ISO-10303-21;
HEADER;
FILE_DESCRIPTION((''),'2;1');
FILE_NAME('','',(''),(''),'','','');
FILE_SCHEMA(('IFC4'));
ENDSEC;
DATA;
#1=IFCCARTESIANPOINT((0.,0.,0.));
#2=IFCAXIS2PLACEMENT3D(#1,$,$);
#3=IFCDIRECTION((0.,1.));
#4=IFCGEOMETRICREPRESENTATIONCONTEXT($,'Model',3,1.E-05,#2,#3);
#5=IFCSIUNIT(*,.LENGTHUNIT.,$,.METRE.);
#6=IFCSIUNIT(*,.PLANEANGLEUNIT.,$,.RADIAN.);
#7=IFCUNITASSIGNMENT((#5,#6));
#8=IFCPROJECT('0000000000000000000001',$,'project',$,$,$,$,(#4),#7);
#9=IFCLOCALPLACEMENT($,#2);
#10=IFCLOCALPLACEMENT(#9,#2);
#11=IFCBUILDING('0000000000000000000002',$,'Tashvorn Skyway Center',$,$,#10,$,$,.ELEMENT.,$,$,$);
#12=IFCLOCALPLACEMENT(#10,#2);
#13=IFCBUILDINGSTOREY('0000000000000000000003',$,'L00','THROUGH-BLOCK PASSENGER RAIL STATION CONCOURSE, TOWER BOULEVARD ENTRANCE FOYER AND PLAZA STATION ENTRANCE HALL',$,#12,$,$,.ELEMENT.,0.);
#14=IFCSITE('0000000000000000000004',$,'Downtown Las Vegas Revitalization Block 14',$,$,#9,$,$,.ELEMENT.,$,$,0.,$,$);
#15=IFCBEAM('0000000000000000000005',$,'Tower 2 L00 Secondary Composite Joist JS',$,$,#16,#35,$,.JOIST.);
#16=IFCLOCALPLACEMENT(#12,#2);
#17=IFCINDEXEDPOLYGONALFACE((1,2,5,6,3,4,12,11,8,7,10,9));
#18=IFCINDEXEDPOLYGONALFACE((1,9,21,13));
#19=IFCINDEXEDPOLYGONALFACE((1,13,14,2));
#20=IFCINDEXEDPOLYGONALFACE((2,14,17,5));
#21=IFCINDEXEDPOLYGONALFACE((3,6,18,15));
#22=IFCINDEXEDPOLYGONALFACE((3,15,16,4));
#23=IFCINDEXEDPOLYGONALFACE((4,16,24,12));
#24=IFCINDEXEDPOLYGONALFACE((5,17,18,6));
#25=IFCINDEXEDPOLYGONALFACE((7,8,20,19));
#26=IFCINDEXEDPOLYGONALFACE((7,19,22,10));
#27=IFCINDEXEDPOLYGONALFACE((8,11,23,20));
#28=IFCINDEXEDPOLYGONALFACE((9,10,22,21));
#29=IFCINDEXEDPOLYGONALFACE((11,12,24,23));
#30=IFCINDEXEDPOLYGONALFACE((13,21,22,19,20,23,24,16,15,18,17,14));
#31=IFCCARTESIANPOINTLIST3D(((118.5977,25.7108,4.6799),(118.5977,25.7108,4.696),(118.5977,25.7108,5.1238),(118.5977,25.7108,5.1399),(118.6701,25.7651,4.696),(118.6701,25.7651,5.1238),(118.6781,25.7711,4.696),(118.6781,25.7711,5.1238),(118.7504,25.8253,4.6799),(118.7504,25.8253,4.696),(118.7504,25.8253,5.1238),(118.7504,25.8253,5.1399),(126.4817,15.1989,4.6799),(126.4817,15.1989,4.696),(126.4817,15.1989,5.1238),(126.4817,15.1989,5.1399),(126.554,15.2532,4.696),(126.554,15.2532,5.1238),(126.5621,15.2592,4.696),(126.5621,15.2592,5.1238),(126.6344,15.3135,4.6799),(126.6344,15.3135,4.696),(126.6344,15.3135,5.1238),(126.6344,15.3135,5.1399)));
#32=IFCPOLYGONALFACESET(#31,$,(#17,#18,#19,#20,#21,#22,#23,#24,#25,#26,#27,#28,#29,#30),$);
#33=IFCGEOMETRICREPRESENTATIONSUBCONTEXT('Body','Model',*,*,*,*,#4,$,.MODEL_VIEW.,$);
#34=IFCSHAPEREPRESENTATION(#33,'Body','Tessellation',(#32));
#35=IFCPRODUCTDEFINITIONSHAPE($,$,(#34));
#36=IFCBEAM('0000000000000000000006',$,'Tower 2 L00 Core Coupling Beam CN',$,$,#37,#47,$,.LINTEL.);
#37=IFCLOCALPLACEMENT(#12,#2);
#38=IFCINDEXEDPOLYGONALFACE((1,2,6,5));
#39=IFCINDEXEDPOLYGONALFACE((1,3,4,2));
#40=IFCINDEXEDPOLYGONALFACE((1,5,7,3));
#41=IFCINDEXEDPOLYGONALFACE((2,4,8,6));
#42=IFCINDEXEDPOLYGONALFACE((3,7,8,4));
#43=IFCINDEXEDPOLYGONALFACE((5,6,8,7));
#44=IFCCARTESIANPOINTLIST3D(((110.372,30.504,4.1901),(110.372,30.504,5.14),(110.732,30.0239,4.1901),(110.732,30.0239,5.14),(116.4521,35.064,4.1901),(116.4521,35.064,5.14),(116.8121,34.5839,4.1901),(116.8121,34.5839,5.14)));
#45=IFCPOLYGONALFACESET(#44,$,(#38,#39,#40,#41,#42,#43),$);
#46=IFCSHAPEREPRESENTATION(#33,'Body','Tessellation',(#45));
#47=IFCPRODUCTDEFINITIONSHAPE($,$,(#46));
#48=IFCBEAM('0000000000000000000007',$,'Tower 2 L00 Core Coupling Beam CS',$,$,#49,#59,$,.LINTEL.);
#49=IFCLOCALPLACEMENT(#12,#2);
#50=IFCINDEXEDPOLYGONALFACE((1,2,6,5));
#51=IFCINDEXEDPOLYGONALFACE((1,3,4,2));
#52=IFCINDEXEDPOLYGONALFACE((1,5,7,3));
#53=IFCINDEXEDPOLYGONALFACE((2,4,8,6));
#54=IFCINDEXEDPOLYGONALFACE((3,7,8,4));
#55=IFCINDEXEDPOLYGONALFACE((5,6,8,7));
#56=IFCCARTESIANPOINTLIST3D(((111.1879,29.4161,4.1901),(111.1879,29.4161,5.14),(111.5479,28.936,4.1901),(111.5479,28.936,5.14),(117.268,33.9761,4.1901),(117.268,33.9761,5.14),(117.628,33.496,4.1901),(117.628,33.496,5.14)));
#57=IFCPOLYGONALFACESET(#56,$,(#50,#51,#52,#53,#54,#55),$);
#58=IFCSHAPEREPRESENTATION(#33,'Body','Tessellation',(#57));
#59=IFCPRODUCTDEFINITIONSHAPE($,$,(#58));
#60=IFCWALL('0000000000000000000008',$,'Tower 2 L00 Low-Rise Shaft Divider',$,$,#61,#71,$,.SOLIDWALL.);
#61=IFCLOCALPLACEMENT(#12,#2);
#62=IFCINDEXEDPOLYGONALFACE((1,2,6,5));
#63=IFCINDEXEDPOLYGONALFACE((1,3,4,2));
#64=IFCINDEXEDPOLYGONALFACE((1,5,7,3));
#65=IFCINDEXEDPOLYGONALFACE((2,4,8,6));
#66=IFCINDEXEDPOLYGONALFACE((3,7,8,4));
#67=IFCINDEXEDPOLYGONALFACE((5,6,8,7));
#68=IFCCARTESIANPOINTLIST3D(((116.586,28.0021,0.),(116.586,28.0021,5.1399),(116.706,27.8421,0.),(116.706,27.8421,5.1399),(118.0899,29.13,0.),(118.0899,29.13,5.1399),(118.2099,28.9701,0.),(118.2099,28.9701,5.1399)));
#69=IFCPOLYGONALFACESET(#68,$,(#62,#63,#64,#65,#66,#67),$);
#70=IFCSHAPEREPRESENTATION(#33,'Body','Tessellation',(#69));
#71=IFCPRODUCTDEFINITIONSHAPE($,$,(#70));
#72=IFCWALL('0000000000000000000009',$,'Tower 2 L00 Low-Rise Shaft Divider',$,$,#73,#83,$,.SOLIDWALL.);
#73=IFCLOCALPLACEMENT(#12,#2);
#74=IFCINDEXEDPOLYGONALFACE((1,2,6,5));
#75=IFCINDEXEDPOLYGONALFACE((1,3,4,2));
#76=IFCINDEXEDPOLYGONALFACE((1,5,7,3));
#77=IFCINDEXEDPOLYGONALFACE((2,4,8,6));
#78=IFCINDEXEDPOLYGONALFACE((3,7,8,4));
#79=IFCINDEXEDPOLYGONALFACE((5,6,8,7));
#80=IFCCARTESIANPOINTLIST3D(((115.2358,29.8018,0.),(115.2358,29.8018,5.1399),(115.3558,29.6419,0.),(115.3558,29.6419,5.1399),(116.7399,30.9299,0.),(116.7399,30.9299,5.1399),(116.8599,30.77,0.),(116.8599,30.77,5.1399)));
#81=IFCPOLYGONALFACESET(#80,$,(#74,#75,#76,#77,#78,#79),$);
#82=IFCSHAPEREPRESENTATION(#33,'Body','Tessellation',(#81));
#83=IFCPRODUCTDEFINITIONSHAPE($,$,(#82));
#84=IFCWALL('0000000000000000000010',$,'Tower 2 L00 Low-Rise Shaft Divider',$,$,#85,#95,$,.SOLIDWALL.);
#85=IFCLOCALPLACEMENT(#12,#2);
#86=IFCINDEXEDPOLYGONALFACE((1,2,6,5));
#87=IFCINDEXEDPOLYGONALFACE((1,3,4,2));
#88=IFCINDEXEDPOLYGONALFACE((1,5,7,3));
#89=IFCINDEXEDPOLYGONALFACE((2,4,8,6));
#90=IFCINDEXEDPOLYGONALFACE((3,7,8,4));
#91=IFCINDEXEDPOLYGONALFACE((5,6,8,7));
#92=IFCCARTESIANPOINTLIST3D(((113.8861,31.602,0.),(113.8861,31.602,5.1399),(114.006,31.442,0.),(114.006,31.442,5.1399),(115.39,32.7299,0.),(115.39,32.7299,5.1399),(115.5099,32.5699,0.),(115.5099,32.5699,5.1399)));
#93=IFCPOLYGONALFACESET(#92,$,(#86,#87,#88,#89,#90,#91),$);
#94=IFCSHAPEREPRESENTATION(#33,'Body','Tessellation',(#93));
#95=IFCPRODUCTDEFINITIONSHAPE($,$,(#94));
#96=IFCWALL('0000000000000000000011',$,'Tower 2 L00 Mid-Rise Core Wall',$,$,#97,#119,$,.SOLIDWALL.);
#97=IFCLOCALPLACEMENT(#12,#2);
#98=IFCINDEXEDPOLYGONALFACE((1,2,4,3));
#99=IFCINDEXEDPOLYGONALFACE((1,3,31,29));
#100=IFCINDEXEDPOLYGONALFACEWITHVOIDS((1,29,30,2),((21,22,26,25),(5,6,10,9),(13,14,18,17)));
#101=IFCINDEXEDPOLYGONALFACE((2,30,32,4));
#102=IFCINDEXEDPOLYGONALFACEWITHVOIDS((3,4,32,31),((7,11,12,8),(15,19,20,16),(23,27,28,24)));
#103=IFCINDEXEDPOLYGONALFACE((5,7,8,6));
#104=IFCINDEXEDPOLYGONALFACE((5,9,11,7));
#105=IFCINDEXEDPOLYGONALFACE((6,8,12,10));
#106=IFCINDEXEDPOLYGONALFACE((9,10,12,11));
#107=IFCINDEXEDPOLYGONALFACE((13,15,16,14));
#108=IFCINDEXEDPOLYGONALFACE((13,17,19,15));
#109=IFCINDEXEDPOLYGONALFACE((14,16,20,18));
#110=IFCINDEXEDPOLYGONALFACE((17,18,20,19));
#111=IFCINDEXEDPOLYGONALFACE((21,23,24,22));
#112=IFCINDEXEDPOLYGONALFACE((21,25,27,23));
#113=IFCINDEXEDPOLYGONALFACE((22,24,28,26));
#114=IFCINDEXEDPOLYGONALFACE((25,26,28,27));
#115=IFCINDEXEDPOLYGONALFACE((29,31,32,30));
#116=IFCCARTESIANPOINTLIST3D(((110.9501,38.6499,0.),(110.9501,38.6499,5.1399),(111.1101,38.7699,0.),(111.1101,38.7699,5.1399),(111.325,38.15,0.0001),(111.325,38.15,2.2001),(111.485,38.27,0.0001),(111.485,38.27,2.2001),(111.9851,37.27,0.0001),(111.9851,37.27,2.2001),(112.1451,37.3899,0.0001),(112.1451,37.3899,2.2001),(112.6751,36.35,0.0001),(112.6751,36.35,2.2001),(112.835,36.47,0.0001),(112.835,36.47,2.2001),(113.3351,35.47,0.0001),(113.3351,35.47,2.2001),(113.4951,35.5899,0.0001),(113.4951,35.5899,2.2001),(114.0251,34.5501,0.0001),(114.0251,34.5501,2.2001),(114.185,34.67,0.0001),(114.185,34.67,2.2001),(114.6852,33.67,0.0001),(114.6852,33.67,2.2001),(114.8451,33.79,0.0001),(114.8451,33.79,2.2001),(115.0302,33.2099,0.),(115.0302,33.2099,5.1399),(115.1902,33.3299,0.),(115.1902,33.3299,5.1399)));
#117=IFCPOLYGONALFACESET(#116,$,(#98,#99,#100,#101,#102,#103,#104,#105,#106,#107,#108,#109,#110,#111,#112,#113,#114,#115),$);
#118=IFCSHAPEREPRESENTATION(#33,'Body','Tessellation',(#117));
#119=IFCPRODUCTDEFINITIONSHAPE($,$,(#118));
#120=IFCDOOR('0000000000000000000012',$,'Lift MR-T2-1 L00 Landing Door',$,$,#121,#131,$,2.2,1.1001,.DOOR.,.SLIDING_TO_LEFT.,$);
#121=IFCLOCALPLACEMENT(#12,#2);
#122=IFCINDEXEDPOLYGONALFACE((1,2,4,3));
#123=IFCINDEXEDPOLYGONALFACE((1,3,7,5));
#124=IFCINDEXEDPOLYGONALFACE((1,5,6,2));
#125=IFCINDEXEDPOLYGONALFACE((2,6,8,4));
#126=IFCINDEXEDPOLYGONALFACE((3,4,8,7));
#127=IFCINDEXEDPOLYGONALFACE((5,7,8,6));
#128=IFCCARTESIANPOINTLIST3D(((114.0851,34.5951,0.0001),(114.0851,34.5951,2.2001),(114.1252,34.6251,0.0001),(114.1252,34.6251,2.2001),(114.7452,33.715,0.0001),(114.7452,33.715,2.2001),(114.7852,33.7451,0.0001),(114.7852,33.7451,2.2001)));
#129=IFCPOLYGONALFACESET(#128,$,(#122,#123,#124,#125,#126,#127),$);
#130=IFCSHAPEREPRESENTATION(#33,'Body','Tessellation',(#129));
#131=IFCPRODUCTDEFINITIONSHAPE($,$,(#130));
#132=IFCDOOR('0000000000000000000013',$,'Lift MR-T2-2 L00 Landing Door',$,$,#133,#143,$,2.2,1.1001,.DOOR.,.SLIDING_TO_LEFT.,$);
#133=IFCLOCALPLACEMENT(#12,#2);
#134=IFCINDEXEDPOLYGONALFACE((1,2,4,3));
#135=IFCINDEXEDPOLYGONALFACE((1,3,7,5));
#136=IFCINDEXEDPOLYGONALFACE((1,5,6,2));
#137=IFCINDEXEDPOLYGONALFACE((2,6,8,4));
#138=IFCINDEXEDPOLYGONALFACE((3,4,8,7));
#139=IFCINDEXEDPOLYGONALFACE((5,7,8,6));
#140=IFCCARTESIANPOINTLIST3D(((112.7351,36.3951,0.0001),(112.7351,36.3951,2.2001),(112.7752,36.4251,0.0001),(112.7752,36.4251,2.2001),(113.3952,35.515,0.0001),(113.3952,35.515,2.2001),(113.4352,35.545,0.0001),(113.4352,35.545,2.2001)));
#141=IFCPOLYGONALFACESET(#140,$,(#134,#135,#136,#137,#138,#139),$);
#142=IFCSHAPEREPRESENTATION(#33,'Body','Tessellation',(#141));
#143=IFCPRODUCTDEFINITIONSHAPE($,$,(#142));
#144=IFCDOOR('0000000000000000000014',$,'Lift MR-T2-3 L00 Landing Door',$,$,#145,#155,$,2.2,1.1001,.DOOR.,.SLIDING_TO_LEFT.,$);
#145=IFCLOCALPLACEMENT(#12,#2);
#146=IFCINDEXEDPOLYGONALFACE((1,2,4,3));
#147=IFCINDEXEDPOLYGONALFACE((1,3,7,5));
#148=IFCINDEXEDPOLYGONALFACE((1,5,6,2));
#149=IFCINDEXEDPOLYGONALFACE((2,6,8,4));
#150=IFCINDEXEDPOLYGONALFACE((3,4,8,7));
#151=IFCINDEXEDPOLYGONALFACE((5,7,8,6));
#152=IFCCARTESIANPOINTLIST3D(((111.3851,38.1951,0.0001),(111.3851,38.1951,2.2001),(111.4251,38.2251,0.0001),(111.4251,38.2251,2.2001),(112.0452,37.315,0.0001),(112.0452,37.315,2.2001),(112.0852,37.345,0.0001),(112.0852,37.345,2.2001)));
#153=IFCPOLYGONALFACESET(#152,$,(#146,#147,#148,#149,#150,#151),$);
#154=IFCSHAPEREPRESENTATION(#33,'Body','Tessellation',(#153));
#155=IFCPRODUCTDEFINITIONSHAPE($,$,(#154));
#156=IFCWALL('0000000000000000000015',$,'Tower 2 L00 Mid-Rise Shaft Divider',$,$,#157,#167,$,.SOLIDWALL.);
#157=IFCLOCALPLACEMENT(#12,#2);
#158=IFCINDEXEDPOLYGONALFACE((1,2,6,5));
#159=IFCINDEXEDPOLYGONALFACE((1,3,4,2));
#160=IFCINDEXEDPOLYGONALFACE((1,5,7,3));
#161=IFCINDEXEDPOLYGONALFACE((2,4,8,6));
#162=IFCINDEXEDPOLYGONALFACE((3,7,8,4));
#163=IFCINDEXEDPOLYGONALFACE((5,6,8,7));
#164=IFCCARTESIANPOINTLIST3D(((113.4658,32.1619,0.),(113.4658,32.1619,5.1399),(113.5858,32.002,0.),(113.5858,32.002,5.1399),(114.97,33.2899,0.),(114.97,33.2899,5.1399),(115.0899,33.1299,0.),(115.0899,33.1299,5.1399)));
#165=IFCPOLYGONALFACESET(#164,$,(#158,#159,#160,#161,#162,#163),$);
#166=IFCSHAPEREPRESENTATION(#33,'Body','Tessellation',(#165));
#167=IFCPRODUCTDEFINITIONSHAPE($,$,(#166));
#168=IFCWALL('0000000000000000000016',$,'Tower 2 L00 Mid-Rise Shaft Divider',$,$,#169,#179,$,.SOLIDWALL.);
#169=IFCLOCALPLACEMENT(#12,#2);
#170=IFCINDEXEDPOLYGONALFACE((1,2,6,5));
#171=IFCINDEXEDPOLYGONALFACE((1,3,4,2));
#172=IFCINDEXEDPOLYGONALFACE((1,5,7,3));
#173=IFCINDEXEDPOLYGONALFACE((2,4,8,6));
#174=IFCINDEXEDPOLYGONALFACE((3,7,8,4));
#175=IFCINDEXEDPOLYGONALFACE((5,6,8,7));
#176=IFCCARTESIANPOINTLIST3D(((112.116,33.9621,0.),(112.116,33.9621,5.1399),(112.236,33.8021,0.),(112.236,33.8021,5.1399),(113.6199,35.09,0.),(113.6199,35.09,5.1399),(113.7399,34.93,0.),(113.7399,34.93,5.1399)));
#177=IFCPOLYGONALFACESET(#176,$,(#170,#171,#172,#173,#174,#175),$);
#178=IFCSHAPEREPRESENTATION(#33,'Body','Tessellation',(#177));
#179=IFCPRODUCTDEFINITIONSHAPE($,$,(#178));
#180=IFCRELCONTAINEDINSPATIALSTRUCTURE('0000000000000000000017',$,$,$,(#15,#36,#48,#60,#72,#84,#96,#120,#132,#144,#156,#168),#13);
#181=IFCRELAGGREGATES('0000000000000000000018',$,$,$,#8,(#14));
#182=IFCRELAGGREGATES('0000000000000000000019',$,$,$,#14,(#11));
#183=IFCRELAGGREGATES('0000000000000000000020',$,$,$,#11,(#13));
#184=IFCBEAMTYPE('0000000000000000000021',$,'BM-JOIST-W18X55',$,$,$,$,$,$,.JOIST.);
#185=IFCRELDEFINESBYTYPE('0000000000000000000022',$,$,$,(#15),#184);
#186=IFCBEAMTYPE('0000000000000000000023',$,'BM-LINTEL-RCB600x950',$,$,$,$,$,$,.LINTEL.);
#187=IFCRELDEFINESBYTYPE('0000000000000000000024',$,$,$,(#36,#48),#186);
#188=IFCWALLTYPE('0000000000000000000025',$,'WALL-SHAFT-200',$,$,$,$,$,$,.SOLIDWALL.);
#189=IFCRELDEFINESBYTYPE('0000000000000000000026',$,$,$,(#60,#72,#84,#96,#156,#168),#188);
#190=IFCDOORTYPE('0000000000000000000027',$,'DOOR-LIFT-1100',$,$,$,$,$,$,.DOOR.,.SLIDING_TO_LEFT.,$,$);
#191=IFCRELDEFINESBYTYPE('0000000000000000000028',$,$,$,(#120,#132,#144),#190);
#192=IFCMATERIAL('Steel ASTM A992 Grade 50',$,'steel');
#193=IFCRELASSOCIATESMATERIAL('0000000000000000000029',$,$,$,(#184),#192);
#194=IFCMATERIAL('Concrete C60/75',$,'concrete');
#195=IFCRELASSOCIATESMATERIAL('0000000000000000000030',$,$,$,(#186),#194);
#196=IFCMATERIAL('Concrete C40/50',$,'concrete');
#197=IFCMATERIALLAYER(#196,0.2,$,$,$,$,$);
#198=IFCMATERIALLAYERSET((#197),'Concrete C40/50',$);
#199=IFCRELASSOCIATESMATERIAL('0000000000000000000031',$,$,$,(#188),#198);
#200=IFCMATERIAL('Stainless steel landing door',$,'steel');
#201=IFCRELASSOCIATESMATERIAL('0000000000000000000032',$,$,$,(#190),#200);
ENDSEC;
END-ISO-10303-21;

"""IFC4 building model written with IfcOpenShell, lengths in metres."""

from ifc_helpers import new_model, si_unit, direction, frame, frame_2d, origin, origin_2d, place, context, subcontext, project, spatial, rectangle, i_section, extrude, material, layer, layer_set, material_profile, profile_set, type_object, element, fill, save


model = new_model("IFC4")

# Units and contexts
model_context = context("Model", 3, precision=1e-05, world=origin(), true_north=direction((0.0, 1.0)))
body_context = subcontext(model_context, "Body", "Model", "MODEL_VIEW")
ifc_project = project(units=[si_unit("LENGTHUNIT", "METRE"), si_unit("PLANEANGLEUNIT", "RADIAN")], contexts=[model_context])

# Site, building, storey
site_placement = place(None, origin())
site = spatial("IfcSite", under=ifc_project, at=site_placement, Name="Downtown Las Vegas Revitalization Block 14", CompositionType="ELEMENT", RefElevation=0.0)
building_placement = place(site_placement, origin())
building = spatial("IfcBuilding", under=site, at=building_placement, Name="Tashvorn Skyway Center", CompositionType="ELEMENT")
storey_placement = place(building_placement, origin())
storey = spatial("IfcBuildingStorey", under=building, at=storey_placement, Name="L00", Description="THROUGH-BLOCK PASSENGER RAIL STATION CONCOURSE, TOWER BOULEVARD ENTRANCE FOYER AND PLAZA STATION ENTRANCE HALL", CompositionType="ELEMENT", Elevation=0.0)

# Beams
ifc_material_1 = material(Name="Steel ASTM A992 Grade 50", Category="steel")
ifc_material_profile_1 = material_profile(ifc_material_1, i_section(OverallWidth=0.1909, OverallDepth=0.46, WebThickness=0.01, FlangeThickness=0.0161, at=origin_2d()), Name="W18X55")
ifc_profile_set_1 = profile_set([ifc_material_profile_1], Name="Steel ASTM A992 Grade 50")
beam_type_1 = type_object("IfcBeamType", Name="BM-JOIST-W18X55", PredefinedType="JOIST", material=ifc_profile_set_1)
beam_placement = place(storey_placement, frame((118.6741, 25.7681, 4.9099), z_axis=(0.600003, -0.799998, 0.0), x_axis=(0.799998, 0.600003, 0.0)))
element("IfcBeam", 1, at=beam_placement, inside=storey, type_object=beam_type_1, Name="Tower 2 L00 Secondary Composite Joist JS", PredefinedType="JOIST", context=body_context, shape_type="SweptSolid", body=[
    extrude(i_section(OverallWidth=0.1909, OverallDepth=0.46, WebThickness=0.01, FlangeThickness=0.0161, at=origin_2d()), origin(), (0.0, 0.0, 1.0), 13.1399),
])
ifc_material_2 = material(Name="Concrete C60/75", Category="concrete")
ifc_material_profile_2 = material_profile(ifc_material_2, rectangle(XDim=0.6001, YDim=0.95, at=origin_2d()), Name="RCB600x950")
ifc_profile_set_2 = profile_set([ifc_material_profile_2], Name="Concrete C60/75")
beam_type_2 = type_object("IfcBeamType", Name="BM-LINTEL-RCB600x950", PredefinedType="LINTEL", material=ifc_profile_set_2)
for number, where, z_axis, x_axis, name in (
    (2, (110.552, 30.2639, 4.665), (0.8, 0.6, 0.0), (-0.6, 0.8, 0.0), "Tower 2 L00 Core Coupling Beam CN"),
    (3, (111.3679, 29.176, 4.665), (0.8, 0.6, 0.0), (-0.6, 0.8, 0.0), "Tower 2 L00 Core Coupling Beam CS"),
):
    element("IfcBeam", number, at=place(storey_placement, frame(where, z_axis=z_axis, x_axis=x_axis)), inside=storey, type_object=beam_type_2, Name=name, PredefinedType="LINTEL", context=body_context, shape_type="SweptSolid", body=[
        extrude(rectangle(XDim=0.6001, YDim=0.95, at=origin_2d()), origin(), (0.0, 0.0, 1.0), 7.6001),
    ])

# Walls
ifc_material_3 = material(Name="Concrete C40/50", Category="concrete")
ifc_layer_1 = layer(ifc_material_3, 0.2)
ifc_layer_set_1 = layer_set([ifc_layer_1], Name="Concrete C40/50")
wall_type_1 = type_object("IfcWallType", Name="WALL-SHAFT-200", PredefinedType="SOLIDWALL", material=ifc_layer_set_1)
wall_1_placement = place(storey_placement, frame((116.646, 27.9221, 0.0), z_axis=(0.0, 0.0, 1.0), x_axis=(0.8, 0.6, 0.0)))
element("IfcWall", 4, at=wall_1_placement, inside=storey, type_object=wall_type_1, Name="Tower 2 L00 Low-Rise Shaft Divider", PredefinedType="SOLIDWALL", context=body_context, shape_type="SweptSolid", body=[
    extrude(rectangle(XDim=1.8799, YDim=0.2, at=frame_2d((0.9399, 0.0))), origin(), (0.0, 0.0, 1.0), 5.1399),
])
wall_2_placement = place(storey_placement, frame((115.2959, 29.7219, 0.0), z_axis=(0.0, 0.0, 1.0), x_axis=(0.799984, 0.600021, 0.0)))
element("IfcWall", 5, at=wall_2_placement, inside=storey, type_object=wall_type_1, Name="Tower 2 L00 Low-Rise Shaft Divider", PredefinedType="SOLIDWALL", context=body_context, shape_type="SweptSolid", body=[
    extrude(rectangle(XDim=1.8801, YDim=0.2, at=frame_2d((0.9399, 0.0))), origin(), (0.0, 0.0, 1.0), 5.1399),
])
wall_3_placement = place(storey_placement, frame((113.946, 31.522, 0.0), z_axis=(0.0, 0.0, 1.0), x_axis=(0.8, 0.6, 0.0)))
element("IfcWall", 6, at=wall_3_placement, inside=storey, type_object=wall_type_1, Name="Tower 2 L00 Low-Rise Shaft Divider", PredefinedType="SOLIDWALL", context=body_context, shape_type="SweptSolid", body=[
    extrude(rectangle(XDim=1.8799, YDim=0.2, at=frame_2d((0.9399, 0.0))), origin(), (0.0, 0.0, 1.0), 5.1399),
])

# Wall, openings, doors
wall_4_placement = place(storey_placement, frame((115.1101, 33.27, 0.0), z_axis=(0.0, 0.0, 1.0), x_axis=(-0.600011, 0.799991, 0.0)))
wall_4 = element("IfcWall", 7, at=wall_4_placement, inside=storey, type_object=wall_type_1, Name="Tower 2 L00 Mid-Rise Core Wall", PredefinedType="SOLIDWALL", context=body_context, shape_type="SweptSolid", body=[
    extrude(rectangle(XDim=6.8, YDim=0.2, at=frame_2d((3.3999, 0.0))), origin(), (0.0, 0.0, 1.0), 5.1399),
])
opening_1_placement = place(wall_4_placement, frame((0.575, 0.0, 0.0)))
opening_1 = element("IfcOpeningElement", 8, at=opening_1_placement, cuts=wall_4, PredefinedType="OPENING", context=body_context, shape_type="SweptSolid", body=[
    extrude(rectangle(XDim=1.1001, YDim=2.2, at=frame_2d((0.55, 1.1001))), frame((0.0, 0.1099, 0.0), z_axis=(0.0, -1.0, 0.0), x_axis=(1.0, 0.0, 0.0)), (0.0, 0.0, 1.0), 0.22),
])
opening_2_placement = place(wall_4_placement, frame((2.825, 0.0, 0.0)))
opening_2 = element("IfcOpeningElement", 9, at=opening_2_placement, cuts=wall_4, PredefinedType="OPENING", context=body_context, shape_type="SweptSolid", body=[
    extrude(rectangle(XDim=1.1001, YDim=2.2, at=frame_2d((0.55, 1.1001))), frame((0.0, 0.1099, 0.0), z_axis=(0.0, -1.0, 0.0), x_axis=(1.0, 0.0, 0.0)), (0.0, 0.0, 1.0), 0.22),
])
opening_3_placement = place(wall_4_placement, frame((5.075, 0.0, 0.0)))
opening_3 = element("IfcOpeningElement", 10, at=opening_3_placement, cuts=wall_4, PredefinedType="OPENING", context=body_context, shape_type="SweptSolid", body=[
    extrude(rectangle(XDim=1.1001, YDim=2.2, at=frame_2d((0.55, 1.1001))), frame((0.0, 0.1099, 0.0), z_axis=(0.0, -1.0, 0.0), x_axis=(1.0, 0.0, 0.0)), (0.0, 0.0, 1.0), 0.22),
])
ifc_material_4 = material(Name="Stainless steel landing door", Category="steel")
door_type = type_object("IfcDoorType", Name="DOOR-LIFT-1100", OperationType="SLIDING_TO_LEFT", PredefinedType="DOOR", material=ifc_material_4)
door_1_placement = place(opening_1_placement, origin())
door_1 = element("IfcDoor", 11, at=door_1_placement, inside=storey, type_object=door_type, Name="Lift MR-T2-1 L00 Landing Door", OperationType="SLIDING_TO_LEFT", OverallHeight=2.2, OverallWidth=1.1001, PredefinedType="DOOR", context=body_context, shape_type="SweptSolid", body=[
    extrude(rectangle(XDim=1.1001, YDim=2.2, at=frame_2d((0.55, 1.1001))), frame((0.0, 0.0249, 0.0), z_axis=(0.0, -1.0, 0.0), x_axis=(1.0, 0.0, 0.0)), (0.0, 0.0, 1.0), 0.05),
])
fill(opening_1, door_1)
door_2_placement = place(opening_2_placement, origin())
door_2 = element("IfcDoor", 12, at=door_2_placement, inside=storey, type_object=door_type, Name="Lift MR-T2-2 L00 Landing Door", OperationType="SLIDING_TO_LEFT", OverallHeight=2.2, OverallWidth=1.1001, PredefinedType="DOOR", context=body_context, shape_type="SweptSolid", body=[
    extrude(rectangle(XDim=1.1001, YDim=2.2, at=frame_2d((0.55, 1.1001))), frame((0.0, 0.0249, 0.0), z_axis=(0.0, -1.0, 0.0), x_axis=(1.0, 0.0, 0.0)), (0.0, 0.0, 1.0), 0.05),
])
fill(opening_2, door_2)
door_3_placement = place(opening_3_placement, origin())
door_3 = element("IfcDoor", 13, at=door_3_placement, inside=storey, type_object=door_type, Name="Lift MR-T2-3 L00 Landing Door", OperationType="SLIDING_TO_LEFT", OverallHeight=2.2, OverallWidth=1.1001, PredefinedType="DOOR", context=body_context, shape_type="SweptSolid", body=[
    extrude(rectangle(XDim=1.1001, YDim=2.2, at=frame_2d((0.55, 1.1001))), frame((0.0, 0.0249, 0.0), z_axis=(0.0, -1.0, 0.0), x_axis=(1.0, 0.0, 0.0)), (0.0, 0.0, 1.0), 0.05),
])
fill(opening_3, door_3)

# Walls
wall_5_placement = place(storey_placement, frame((113.5259, 32.082, 0.0), z_axis=(0.0, 0.0, 1.0), x_axis=(0.800047, 0.599938, 0.0)))
element("IfcWall", 14, at=wall_5_placement, inside=storey, type_object=wall_type_1, Name="Tower 2 L00 Mid-Rise Shaft Divider", PredefinedType="SOLIDWALL", context=body_context, shape_type="SweptSolid", body=[
    extrude(rectangle(XDim=1.8801, YDim=0.2, at=frame_2d((0.9399, 0.0))), origin(), (0.0, 0.0, 1.0), 5.1399),
])
wall_6_placement = place(storey_placement, frame((112.176, 33.8821, 0.0), z_axis=(0.0, 0.0, 1.0), x_axis=(0.8, 0.6, 0.0)))
element("IfcWall", 15, at=wall_6_placement, inside=storey, type_object=wall_type_1, Name="Tower 2 L00 Mid-Rise Shaft Divider", PredefinedType="SOLIDWALL", context=body_context, shape_type="SweptSolid", body=[
    extrude(rectangle(XDim=1.8799, YDim=0.2, at=frame_2d((0.9399, 0.0))), origin(), (0.0, 0.0, 1.0), 5.1399),
])

save(model, "model.ifc")
